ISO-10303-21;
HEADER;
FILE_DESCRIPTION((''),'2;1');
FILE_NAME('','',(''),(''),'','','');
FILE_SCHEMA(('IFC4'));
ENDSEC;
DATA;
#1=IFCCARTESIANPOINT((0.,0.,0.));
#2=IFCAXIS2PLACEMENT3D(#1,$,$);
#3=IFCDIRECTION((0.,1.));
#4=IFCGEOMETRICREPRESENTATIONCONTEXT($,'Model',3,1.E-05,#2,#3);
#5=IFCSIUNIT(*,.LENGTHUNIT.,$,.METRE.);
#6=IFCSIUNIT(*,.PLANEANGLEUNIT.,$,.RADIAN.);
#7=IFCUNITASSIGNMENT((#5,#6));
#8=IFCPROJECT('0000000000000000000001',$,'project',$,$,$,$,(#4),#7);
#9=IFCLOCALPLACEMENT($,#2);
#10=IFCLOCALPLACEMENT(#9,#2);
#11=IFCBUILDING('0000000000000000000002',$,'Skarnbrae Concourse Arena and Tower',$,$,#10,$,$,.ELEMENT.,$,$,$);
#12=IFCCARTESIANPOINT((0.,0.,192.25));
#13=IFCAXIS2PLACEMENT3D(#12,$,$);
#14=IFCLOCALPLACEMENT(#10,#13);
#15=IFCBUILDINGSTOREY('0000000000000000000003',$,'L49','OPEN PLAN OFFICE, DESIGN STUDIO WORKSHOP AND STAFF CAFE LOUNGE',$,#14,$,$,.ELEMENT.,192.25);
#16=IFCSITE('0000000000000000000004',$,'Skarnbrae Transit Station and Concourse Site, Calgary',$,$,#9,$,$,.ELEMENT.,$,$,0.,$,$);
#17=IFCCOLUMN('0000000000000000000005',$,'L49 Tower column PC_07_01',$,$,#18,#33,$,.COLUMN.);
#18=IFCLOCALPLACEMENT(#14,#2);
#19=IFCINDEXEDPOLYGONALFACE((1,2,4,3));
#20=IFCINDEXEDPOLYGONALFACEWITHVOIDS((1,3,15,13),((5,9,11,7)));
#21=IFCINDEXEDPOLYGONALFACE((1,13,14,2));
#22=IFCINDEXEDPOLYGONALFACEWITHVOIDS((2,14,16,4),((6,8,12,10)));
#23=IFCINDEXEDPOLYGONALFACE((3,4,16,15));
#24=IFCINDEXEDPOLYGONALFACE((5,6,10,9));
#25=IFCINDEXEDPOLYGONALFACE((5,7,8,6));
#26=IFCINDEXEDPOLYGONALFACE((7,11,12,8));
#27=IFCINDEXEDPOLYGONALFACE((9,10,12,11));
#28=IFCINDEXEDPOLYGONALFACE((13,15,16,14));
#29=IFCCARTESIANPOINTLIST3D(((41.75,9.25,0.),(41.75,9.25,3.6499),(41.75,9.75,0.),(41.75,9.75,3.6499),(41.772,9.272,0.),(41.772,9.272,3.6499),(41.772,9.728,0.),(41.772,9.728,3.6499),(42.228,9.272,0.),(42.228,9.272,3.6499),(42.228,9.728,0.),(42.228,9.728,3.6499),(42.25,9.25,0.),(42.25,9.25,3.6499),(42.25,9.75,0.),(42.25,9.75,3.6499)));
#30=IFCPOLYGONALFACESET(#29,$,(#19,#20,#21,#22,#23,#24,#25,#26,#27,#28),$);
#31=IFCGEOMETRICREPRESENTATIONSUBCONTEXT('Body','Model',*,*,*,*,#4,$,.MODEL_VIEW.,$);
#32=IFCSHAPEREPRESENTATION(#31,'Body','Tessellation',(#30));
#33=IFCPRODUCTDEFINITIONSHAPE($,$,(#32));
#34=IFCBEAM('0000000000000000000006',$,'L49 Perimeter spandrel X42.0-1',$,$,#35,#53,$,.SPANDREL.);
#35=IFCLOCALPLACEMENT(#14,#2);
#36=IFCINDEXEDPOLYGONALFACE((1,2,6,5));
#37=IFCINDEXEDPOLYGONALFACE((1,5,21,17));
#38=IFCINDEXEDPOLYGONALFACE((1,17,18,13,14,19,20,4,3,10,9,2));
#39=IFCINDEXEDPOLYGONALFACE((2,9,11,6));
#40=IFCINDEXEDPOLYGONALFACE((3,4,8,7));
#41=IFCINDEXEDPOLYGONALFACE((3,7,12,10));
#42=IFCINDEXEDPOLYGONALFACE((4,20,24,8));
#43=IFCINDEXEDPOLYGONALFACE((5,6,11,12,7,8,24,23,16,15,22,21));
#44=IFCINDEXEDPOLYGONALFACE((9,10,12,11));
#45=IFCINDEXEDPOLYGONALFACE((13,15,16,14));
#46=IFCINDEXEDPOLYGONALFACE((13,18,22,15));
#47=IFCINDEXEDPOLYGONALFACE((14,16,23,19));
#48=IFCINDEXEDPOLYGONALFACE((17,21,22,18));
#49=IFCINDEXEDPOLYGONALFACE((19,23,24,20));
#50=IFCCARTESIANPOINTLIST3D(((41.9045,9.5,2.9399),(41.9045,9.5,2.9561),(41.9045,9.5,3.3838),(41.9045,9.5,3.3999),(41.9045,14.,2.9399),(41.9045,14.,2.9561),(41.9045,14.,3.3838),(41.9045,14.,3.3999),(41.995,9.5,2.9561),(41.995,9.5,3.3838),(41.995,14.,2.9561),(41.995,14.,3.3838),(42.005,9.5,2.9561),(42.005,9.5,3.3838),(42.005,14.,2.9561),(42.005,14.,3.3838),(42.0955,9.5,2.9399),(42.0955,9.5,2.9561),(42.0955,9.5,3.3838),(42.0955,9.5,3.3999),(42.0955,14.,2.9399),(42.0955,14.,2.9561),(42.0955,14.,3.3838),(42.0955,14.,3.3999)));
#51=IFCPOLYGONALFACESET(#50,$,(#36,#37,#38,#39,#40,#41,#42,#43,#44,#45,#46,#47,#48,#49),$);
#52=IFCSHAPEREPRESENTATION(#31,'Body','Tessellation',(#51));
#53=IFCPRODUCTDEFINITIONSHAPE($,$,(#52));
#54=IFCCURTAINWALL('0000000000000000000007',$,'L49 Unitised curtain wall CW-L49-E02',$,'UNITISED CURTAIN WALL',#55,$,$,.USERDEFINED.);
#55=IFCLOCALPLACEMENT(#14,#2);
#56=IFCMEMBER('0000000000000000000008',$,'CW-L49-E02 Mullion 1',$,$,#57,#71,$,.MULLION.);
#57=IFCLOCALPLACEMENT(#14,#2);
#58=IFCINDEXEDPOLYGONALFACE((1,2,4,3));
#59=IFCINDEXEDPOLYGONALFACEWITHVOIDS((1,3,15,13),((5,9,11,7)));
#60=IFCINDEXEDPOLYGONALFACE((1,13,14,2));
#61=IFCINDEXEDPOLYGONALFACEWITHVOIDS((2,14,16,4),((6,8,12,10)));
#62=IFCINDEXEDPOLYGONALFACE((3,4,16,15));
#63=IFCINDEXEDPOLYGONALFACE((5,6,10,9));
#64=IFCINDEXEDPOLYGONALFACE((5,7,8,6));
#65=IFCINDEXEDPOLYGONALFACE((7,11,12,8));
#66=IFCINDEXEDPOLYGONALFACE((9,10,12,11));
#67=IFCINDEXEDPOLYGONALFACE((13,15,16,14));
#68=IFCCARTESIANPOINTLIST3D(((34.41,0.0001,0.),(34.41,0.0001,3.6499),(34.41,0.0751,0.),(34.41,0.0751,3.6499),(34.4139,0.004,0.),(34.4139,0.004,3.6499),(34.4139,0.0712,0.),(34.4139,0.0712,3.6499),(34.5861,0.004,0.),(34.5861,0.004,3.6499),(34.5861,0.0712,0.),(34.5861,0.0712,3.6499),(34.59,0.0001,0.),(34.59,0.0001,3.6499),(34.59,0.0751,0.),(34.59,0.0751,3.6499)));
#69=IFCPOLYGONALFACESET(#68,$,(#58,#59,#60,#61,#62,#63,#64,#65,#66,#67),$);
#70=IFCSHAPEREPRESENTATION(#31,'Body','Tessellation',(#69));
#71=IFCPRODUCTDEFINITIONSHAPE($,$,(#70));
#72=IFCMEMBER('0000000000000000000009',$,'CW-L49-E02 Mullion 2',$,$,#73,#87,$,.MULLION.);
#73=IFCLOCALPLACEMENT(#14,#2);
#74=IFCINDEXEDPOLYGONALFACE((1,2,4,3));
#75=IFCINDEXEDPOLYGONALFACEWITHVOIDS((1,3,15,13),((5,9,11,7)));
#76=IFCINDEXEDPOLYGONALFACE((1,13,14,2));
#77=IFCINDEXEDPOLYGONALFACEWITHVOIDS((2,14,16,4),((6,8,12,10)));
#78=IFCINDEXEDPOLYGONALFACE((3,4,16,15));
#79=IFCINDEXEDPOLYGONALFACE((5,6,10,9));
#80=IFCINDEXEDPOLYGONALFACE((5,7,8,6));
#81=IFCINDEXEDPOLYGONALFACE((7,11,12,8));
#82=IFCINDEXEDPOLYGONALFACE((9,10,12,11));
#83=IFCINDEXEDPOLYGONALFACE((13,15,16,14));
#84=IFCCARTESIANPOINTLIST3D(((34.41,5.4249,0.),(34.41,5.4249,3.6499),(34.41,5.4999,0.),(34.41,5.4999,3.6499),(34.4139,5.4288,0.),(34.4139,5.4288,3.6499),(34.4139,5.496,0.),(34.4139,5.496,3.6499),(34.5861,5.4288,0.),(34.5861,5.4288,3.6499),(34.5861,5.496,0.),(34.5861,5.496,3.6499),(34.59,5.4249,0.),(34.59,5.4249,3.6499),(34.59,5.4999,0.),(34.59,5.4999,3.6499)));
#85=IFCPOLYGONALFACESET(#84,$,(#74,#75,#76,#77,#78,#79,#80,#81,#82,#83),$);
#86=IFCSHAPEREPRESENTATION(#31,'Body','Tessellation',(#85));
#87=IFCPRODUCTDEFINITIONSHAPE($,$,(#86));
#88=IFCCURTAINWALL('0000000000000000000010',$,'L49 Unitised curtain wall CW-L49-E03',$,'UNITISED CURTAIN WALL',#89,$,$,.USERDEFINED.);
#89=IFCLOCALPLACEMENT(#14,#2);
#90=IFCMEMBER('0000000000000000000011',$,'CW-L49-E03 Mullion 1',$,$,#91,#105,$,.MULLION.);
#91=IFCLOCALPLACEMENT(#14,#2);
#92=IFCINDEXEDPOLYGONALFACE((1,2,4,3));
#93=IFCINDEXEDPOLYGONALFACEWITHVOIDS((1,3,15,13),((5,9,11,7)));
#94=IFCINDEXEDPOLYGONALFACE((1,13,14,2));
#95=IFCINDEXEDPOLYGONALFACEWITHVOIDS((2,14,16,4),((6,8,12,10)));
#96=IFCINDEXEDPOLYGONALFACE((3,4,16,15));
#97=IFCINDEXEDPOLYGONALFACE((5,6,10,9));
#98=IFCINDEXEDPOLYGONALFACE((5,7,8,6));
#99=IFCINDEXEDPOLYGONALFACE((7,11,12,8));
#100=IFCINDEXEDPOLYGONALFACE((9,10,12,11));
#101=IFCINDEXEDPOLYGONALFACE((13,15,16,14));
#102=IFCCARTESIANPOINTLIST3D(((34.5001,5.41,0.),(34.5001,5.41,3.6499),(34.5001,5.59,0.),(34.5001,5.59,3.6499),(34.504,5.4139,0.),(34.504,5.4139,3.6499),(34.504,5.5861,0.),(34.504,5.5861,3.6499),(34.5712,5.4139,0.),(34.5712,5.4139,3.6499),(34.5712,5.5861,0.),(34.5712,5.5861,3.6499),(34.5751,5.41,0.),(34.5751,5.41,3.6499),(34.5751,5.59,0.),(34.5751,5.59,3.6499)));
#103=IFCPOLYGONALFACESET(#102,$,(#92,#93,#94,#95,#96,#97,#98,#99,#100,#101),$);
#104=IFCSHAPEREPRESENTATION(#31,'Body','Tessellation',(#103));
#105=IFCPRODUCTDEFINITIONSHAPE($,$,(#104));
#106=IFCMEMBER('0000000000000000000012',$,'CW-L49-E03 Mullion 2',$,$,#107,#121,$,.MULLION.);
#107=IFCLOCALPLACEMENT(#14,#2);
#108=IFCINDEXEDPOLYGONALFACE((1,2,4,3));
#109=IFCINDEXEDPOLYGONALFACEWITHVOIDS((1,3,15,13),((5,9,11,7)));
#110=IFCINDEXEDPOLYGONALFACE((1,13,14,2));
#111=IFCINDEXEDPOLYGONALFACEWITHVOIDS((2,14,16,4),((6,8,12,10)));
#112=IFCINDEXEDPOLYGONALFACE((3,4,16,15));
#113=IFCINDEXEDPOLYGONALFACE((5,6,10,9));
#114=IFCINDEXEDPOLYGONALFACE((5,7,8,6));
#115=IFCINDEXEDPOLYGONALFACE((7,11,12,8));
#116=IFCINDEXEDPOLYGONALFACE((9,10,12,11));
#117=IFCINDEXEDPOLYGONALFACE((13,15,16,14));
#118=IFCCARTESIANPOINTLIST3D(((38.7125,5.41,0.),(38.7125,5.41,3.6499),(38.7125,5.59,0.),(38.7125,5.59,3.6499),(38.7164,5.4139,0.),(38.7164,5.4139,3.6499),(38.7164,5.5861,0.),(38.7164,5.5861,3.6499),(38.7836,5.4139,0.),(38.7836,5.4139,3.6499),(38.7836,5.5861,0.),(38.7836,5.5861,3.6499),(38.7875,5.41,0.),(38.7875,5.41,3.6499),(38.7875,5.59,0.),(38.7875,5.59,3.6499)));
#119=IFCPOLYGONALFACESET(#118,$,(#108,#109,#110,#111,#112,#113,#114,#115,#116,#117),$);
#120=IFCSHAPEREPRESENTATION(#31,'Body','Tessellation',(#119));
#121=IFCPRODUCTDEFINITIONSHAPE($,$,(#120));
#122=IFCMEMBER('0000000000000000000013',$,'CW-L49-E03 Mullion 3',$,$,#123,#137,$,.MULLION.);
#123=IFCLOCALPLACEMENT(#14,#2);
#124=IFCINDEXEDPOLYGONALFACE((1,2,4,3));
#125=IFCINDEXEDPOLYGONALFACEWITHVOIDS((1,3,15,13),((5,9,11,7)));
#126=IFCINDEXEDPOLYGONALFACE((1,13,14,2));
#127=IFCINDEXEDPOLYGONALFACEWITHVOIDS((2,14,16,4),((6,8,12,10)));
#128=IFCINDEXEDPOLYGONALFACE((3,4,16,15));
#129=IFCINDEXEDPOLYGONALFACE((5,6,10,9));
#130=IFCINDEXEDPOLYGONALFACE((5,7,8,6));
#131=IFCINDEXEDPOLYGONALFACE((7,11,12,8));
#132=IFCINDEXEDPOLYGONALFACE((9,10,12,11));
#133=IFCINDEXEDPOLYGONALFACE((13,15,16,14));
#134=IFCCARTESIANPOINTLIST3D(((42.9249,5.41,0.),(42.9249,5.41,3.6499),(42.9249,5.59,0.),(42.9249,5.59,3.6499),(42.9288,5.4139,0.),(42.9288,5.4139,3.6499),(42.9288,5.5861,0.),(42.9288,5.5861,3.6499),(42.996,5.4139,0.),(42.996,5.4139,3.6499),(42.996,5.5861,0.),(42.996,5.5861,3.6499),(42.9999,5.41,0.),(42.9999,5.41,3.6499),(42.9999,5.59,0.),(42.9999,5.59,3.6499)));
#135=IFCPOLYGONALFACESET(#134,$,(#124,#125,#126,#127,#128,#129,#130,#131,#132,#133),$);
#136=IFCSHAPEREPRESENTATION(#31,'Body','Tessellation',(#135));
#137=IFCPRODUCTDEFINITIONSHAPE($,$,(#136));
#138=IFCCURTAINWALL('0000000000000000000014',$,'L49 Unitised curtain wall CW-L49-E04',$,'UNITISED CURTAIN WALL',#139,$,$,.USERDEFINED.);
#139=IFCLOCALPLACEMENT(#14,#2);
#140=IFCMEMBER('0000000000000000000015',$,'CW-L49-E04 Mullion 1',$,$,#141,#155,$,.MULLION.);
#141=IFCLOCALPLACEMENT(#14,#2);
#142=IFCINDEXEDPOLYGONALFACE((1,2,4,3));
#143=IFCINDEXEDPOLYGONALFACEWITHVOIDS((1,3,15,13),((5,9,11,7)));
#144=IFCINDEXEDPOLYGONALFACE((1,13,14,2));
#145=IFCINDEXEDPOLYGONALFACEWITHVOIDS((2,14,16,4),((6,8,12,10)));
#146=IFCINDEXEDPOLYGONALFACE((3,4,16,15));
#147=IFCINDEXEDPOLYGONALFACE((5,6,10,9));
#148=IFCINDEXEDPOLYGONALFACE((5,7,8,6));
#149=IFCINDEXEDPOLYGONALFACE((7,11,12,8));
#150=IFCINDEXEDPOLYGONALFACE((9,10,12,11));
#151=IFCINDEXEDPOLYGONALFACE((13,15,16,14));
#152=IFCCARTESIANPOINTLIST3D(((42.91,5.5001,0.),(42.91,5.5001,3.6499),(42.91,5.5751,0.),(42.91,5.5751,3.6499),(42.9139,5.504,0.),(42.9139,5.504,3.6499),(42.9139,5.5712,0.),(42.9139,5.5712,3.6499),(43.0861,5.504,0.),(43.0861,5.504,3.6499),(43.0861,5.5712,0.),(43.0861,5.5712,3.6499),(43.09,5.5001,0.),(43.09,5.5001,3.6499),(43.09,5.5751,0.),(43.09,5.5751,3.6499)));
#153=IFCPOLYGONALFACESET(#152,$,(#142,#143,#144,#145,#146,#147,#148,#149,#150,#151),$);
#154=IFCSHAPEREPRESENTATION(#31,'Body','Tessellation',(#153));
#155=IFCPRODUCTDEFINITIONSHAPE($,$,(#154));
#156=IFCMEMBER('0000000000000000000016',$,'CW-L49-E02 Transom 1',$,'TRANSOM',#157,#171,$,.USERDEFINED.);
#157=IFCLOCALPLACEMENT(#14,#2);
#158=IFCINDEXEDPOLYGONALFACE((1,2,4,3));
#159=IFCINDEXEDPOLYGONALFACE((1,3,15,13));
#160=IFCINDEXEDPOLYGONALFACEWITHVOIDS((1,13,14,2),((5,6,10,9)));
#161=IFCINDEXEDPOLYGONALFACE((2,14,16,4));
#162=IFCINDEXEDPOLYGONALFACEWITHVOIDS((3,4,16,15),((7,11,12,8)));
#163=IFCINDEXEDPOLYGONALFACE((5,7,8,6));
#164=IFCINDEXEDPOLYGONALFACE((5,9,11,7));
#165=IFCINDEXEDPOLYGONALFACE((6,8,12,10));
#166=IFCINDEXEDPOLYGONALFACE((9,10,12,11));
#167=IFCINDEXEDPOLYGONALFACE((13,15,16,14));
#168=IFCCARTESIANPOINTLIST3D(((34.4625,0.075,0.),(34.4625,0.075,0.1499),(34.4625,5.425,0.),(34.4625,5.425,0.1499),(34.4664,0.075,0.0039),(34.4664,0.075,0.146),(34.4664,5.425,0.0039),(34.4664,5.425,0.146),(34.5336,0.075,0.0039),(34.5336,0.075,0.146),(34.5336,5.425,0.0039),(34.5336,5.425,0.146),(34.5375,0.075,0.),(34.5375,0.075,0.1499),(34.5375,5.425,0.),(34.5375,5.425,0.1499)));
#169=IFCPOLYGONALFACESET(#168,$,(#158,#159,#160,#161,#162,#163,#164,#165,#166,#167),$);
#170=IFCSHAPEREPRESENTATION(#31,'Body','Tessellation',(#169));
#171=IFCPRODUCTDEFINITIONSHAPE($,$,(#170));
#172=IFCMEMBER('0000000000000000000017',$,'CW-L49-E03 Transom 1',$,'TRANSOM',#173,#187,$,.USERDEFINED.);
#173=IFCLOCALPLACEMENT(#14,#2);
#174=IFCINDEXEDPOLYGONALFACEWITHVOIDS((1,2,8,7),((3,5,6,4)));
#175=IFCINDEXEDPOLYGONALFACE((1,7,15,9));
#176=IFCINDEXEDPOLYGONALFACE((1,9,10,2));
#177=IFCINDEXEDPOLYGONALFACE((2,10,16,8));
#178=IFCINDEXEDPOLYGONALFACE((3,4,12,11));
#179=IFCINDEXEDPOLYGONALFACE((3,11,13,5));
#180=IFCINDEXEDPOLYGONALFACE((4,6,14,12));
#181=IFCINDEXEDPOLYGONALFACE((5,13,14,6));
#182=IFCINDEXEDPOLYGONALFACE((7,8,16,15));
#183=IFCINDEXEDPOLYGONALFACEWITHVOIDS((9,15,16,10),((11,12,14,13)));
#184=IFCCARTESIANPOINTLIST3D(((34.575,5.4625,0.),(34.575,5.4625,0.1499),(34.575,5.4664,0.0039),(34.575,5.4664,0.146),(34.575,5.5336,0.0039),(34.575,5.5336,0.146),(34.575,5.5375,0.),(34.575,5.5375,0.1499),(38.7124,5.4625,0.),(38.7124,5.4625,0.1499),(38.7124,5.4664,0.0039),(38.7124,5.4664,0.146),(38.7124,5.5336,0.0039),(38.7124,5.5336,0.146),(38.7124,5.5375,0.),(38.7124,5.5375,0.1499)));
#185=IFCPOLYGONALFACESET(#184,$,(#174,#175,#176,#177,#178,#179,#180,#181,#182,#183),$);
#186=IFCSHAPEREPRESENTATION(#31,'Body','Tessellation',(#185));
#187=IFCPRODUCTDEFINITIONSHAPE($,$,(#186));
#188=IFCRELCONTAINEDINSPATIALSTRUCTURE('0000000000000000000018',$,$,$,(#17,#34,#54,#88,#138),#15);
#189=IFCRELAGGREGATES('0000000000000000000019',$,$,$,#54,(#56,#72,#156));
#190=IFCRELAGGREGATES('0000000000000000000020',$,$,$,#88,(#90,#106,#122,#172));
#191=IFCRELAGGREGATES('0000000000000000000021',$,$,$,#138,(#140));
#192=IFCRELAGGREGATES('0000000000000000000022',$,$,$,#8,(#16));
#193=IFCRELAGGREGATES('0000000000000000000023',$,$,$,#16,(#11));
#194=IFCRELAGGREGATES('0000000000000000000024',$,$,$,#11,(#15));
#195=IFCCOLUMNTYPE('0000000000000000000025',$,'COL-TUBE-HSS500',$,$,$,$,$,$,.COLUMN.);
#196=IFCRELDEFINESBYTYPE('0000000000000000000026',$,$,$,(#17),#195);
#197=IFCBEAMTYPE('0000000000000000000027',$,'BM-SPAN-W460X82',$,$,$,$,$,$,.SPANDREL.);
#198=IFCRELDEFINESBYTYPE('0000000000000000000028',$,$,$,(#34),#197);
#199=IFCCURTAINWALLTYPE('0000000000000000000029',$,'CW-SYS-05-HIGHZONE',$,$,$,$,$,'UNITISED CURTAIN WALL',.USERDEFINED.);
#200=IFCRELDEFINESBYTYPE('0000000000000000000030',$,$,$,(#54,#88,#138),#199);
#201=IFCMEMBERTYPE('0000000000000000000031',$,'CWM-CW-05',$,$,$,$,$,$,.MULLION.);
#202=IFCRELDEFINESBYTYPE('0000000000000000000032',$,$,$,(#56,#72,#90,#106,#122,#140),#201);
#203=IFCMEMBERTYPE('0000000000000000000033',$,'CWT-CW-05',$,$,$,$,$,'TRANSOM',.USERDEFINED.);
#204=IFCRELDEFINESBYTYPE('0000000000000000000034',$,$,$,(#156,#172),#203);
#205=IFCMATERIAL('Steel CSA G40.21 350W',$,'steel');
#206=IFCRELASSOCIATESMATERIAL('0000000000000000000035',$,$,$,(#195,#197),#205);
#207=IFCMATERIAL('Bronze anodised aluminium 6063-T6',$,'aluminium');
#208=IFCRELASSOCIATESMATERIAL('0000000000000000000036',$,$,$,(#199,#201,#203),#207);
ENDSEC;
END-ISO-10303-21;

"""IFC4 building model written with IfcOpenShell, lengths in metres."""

from ifc_helpers import new_model, si_unit, direction, frame, origin, origin_2d, place, context, subcontext, project, spatial, hollow_rectangle, i_section, extrude, source, transform, mapped, material, material_profile, profile_set, type_object, element, aggregate, save


model = new_model("IFC4")

# Units and contexts
model_context = context("Model", 3, precision=1e-05, world=origin(), true_north=direction((0.0, 1.0)))
body_context = subcontext(model_context, "Body", "Model", "MODEL_VIEW")
ifc_project = project(units=[si_unit("LENGTHUNIT", "METRE"), si_unit("PLANEANGLEUNIT", "RADIAN")], contexts=[model_context])

# Site, building, storey
site_placement = place(None, origin())
site = spatial("IfcSite", under=ifc_project, at=site_placement, Name="Skarnbrae Transit Station and Concourse Site, Calgary", CompositionType="ELEMENT", RefElevation=0.0)
building_placement = place(site_placement, origin())
building = spatial("IfcBuilding", under=site, at=building_placement, Name="Skarnbrae Concourse Arena and Tower", CompositionType="ELEMENT")
storey_placement = place(building_placement, frame((0.0, 0.0, 192.25)))
storey = spatial("IfcBuildingStorey", under=building, at=storey_placement, Name="L49", Description="OPEN PLAN OFFICE, DESIGN STUDIO WORKSHOP AND STAFF CAFE LOUNGE", CompositionType="ELEMENT", Elevation=192.25)

# Column
ifc_material_1 = material(Name="Steel CSA G40.21 350W", Category="steel")
ifc_material_profile_1 = material_profile(ifc_material_1, hollow_rectangle(XDim=0.5, YDim=0.5, WallThickness=0.022, at=origin_2d()), Name="HSS500X500X22.0")
ifc_profile_set_1 = profile_set([ifc_material_profile_1], Name="Steel CSA G40.21 350W")
column_type = type_object("IfcColumnType", Name="COL-TUBE-HSS500", PredefinedType="COLUMN", material=ifc_profile_set_1)
shared_shape_1 = source(origin(), body_context, "Body", "SweptSolid", [
    extrude(hollow_rectangle(XDim=0.5, YDim=0.5, WallThickness=0.022, at=origin_2d()), origin(), (0.0, 0.0, 1.0), 3.6499),
])
column_placement = place(storey_placement, frame((42.0, 9.5, 0.0), z_axis=(0.0, 0.0, 1.0), x_axis=(1.0, 0.0, 0.0)))
element("IfcColumn", 1, at=column_placement, inside=storey, type_object=column_type, Name="L49 Tower column PC_07_01", PredefinedType="COLUMN", context=body_context, shape_type="MappedRepresentation", body=[
    mapped(shared_shape_1, transform((0.0, 0.0, 0.0))),
])

# Beam
ifc_material_profile_2 = material_profile(ifc_material_1, i_section(OverallWidth=0.1909, OverallDepth=0.46, WebThickness=0.01, FlangeThickness=0.0161, at=origin_2d()), Name="W460X82")
ifc_profile_set_2 = profile_set([ifc_material_profile_2], Name="Steel CSA G40.21 350W")
beam_type = type_object("IfcBeamType", Name="BM-SPAN-W460X82", PredefinedType="SPANDREL", material=ifc_profile_set_2)
shared_shape_2 = source(origin(), body_context, "Body", "SweptSolid", [
    extrude(i_section(OverallWidth=0.1909, OverallDepth=0.46, WebThickness=0.01, FlangeThickness=0.0161, at=origin_2d()), origin(), (0.0, 0.0, 1.0), 4.5),
])
beam_placement = place(storey_placement, frame((42.0, 9.5, 3.1699), z_axis=(0.0, 1.0, 0.0), x_axis=(-1.0, 0.0, 0.0)))
element("IfcBeam", 2, at=beam_placement, inside=storey, type_object=beam_type, Name="L49 Perimeter spandrel X42.0-1", PredefinedType="SPANDREL", context=body_context, shape_type="MappedRepresentation", body=[
    mapped(shared_shape_2, transform((0.0, 0.0, 0.0))),
])

# Curtain walls, members
ifc_material_2 = material(Name="Bronze anodised aluminium 6063-T6", Category="aluminium")
curtain_wall_type = type_object("IfcCurtainWallType", Name="CW-SYS-05-HIGHZONE", ElementType="UNITISED CURTAIN WALL", PredefinedType="USERDEFINED", material=ifc_material_2)
curtain_wall_1_placement = place(storey_placement, origin())
curtain_wall_1 = element("IfcCurtainWall", 3, at=curtain_wall_1_placement, inside=storey, type_object=curtain_wall_type, Name="L49 Unitised curtain wall CW-L49-E02", ObjectType="UNITISED CURTAIN WALL", PredefinedType="USERDEFINED")
ifc_material_profile_3 = material_profile(ifc_material_2, hollow_rectangle(XDim=0.075, YDim=0.1799, WallThickness=0.0039, at=origin_2d()), Name="ALU-MULL-75X180")
ifc_profile_set_3 = profile_set([ifc_material_profile_3], Name="Bronze anodised aluminium 6063-T6")
member_type_1 = type_object("IfcMemberType", Name="CWM-CW-05", PredefinedType="MULLION", material=ifc_profile_set_3)
shared_shape_3 = source(origin(), body_context, "Body", "SweptSolid", [
    extrude(hollow_rectangle(XDim=0.075, YDim=0.1799, WallThickness=0.0039, at=origin_2d()), origin(), (0.0, 0.0, 1.0), 3.6499),
])
member_1_placement = place(storey_placement, frame((34.5, 0.0376, 0.0), z_axis=(0.0, 0.0, 1.0), x_axis=(0.0, 1.0, 0.0)))
member_1 = element("IfcMember", 4, at=member_1_placement, type_object=member_type_1, Name="CW-L49-E02 Mullion 1", PredefinedType="MULLION", context=body_context, shape_type="MappedRepresentation", body=[
    mapped(shared_shape_3, transform((0.0, 0.0, 0.0))),
])
member_2_placement = place(storey_placement, frame((34.5, 5.4624, 0.0), z_axis=(0.0, 0.0, 1.0), x_axis=(0.0, 1.0, 0.0)))
member_2 = element("IfcMember", 5, at=member_2_placement, type_object=member_type_1, Name="CW-L49-E02 Mullion 2", PredefinedType="MULLION", context=body_context, shape_type="MappedRepresentation", body=[
    mapped(shared_shape_3, transform((0.0, 0.0, 0.0))),
])
curtain_wall_2_placement = place(storey_placement, origin())
curtain_wall_2 = element("IfcCurtainWall", 6, at=curtain_wall_2_placement, inside=storey, type_object=curtain_wall_type, Name="L49 Unitised curtain wall CW-L49-E03", ObjectType="UNITISED CURTAIN WALL", PredefinedType="USERDEFINED")
member_3_placement = place(storey_placement, frame((34.5376, 5.5, 0.0), z_axis=(0.0, 0.0, 1.0), x_axis=(1.0, 0.0, 0.0)))
member_3 = element("IfcMember", 7, at=member_3_placement, type_object=member_type_1, Name="CW-L49-E03 Mullion 1", PredefinedType="MULLION", context=body_context, shape_type="MappedRepresentation", body=[
    mapped(shared_shape_3, transform((0.0, 0.0, 0.0))),
])
member_4_placement = place(storey_placement, frame((38.75, 5.5, 0.0), z_axis=(0.0, 0.0, 1.0), x_axis=(1.0, 0.0, 0.0)))
member_4 = element("IfcMember", 8, at=member_4_placement, type_object=member_type_1, Name="CW-L49-E03 Mullion 2", PredefinedType="MULLION", context=body_context, shape_type="MappedRepresentation", body=[
    mapped(shared_shape_3, transform((0.0, 0.0, 0.0))),
])
member_5_placement = place(storey_placement, frame((42.9624, 5.5, 0.0), z_axis=(0.0, 0.0, 1.0), x_axis=(1.0, 0.0, 0.0)))
member_5 = element("IfcMember", 9, at=member_5_placement, type_object=member_type_1, Name="CW-L49-E03 Mullion 3", PredefinedType="MULLION", context=body_context, shape_type="MappedRepresentation", body=[
    mapped(shared_shape_3, transform((0.0, 0.0, 0.0))),
])

# Curtain wall, member
curtain_wall_3_placement = place(storey_placement, origin())
curtain_wall_3 = element("IfcCurtainWall", 10, at=curtain_wall_3_placement, inside=storey, type_object=curtain_wall_type, Name="L49 Unitised curtain wall CW-L49-E04", ObjectType="UNITISED CURTAIN WALL", PredefinedType="USERDEFINED")
member_6_placement = place(storey_placement, frame((43.0, 5.5376, 0.0), z_axis=(0.0, 0.0, 1.0), x_axis=(0.0, 1.0, 0.0)))
member_6 = element("IfcMember", 11, at=member_6_placement, type_object=member_type_1, Name="CW-L49-E04 Mullion 1", PredefinedType="MULLION", context=body_context, shape_type="MappedRepresentation", body=[
    mapped(shared_shape_3, transform((0.0, 0.0, 0.0))),
])

# Members
ifc_material_profile_4 = material_profile(ifc_material_2, hollow_rectangle(XDim=0.075, YDim=0.1499, WallThickness=0.0039, at=origin_2d()), Name="ALU-TRAN-75X150")
ifc_profile_set_4 = profile_set([ifc_material_profile_4], Name="Bronze anodised aluminium 6063-T6")
member_type_2 = type_object("IfcMemberType", Name="CWT-CW-05", ElementType="TRANSOM", PredefinedType="USERDEFINED", material=ifc_profile_set_4)
shared_shape_4 = source(origin(), body_context, "Body", "SweptSolid", [
    extrude(hollow_rectangle(XDim=0.075, YDim=0.1499, WallThickness=0.0039, at=origin_2d()), origin(), (0.0, 0.0, 1.0), 5.3501),
])
member_7_placement = place(storey_placement, frame((34.5, 0.075, 0.075), z_axis=(0.0, 1.0, 0.0), x_axis=(-1.0, 0.0, 0.0)))
member_7 = element("IfcMember", 12, at=member_7_placement, type_object=member_type_2, Name="CW-L49-E02 Transom 1", ObjectType="TRANSOM", PredefinedType="USERDEFINED", context=body_context, shape_type="MappedRepresentation", body=[
    mapped(shared_shape_4, transform((0.0, 0.0, 0.0))),
])
shared_shape_5 = source(origin(), body_context, "Body", "SweptSolid", [
    extrude(hollow_rectangle(XDim=0.075, YDim=0.1499, WallThickness=0.0039, at=origin_2d()), origin(), (0.0, 0.0, 1.0), 4.1375),
])
member_8_placement = place(storey_placement, frame((34.575, 5.5, 0.075), z_axis=(1.0, 0.0, 0.0), x_axis=(0.0, 1.0, 0.0)))
member_8 = element("IfcMember", 13, at=member_8_placement, type_object=member_type_2, Name="CW-L49-E03 Transom 1", ObjectType="TRANSOM", PredefinedType="USERDEFINED", context=body_context, shape_type="MappedRepresentation", body=[
    mapped(shared_shape_5, transform((0.0, 0.0, 0.0))),
])

aggregate(curtain_wall_1, [member_1, member_2, member_7])
aggregate(curtain_wall_2, [member_3, member_4, member_5, member_8])
aggregate(curtain_wall_3, [member_6])

save(model, "model.ifc")
